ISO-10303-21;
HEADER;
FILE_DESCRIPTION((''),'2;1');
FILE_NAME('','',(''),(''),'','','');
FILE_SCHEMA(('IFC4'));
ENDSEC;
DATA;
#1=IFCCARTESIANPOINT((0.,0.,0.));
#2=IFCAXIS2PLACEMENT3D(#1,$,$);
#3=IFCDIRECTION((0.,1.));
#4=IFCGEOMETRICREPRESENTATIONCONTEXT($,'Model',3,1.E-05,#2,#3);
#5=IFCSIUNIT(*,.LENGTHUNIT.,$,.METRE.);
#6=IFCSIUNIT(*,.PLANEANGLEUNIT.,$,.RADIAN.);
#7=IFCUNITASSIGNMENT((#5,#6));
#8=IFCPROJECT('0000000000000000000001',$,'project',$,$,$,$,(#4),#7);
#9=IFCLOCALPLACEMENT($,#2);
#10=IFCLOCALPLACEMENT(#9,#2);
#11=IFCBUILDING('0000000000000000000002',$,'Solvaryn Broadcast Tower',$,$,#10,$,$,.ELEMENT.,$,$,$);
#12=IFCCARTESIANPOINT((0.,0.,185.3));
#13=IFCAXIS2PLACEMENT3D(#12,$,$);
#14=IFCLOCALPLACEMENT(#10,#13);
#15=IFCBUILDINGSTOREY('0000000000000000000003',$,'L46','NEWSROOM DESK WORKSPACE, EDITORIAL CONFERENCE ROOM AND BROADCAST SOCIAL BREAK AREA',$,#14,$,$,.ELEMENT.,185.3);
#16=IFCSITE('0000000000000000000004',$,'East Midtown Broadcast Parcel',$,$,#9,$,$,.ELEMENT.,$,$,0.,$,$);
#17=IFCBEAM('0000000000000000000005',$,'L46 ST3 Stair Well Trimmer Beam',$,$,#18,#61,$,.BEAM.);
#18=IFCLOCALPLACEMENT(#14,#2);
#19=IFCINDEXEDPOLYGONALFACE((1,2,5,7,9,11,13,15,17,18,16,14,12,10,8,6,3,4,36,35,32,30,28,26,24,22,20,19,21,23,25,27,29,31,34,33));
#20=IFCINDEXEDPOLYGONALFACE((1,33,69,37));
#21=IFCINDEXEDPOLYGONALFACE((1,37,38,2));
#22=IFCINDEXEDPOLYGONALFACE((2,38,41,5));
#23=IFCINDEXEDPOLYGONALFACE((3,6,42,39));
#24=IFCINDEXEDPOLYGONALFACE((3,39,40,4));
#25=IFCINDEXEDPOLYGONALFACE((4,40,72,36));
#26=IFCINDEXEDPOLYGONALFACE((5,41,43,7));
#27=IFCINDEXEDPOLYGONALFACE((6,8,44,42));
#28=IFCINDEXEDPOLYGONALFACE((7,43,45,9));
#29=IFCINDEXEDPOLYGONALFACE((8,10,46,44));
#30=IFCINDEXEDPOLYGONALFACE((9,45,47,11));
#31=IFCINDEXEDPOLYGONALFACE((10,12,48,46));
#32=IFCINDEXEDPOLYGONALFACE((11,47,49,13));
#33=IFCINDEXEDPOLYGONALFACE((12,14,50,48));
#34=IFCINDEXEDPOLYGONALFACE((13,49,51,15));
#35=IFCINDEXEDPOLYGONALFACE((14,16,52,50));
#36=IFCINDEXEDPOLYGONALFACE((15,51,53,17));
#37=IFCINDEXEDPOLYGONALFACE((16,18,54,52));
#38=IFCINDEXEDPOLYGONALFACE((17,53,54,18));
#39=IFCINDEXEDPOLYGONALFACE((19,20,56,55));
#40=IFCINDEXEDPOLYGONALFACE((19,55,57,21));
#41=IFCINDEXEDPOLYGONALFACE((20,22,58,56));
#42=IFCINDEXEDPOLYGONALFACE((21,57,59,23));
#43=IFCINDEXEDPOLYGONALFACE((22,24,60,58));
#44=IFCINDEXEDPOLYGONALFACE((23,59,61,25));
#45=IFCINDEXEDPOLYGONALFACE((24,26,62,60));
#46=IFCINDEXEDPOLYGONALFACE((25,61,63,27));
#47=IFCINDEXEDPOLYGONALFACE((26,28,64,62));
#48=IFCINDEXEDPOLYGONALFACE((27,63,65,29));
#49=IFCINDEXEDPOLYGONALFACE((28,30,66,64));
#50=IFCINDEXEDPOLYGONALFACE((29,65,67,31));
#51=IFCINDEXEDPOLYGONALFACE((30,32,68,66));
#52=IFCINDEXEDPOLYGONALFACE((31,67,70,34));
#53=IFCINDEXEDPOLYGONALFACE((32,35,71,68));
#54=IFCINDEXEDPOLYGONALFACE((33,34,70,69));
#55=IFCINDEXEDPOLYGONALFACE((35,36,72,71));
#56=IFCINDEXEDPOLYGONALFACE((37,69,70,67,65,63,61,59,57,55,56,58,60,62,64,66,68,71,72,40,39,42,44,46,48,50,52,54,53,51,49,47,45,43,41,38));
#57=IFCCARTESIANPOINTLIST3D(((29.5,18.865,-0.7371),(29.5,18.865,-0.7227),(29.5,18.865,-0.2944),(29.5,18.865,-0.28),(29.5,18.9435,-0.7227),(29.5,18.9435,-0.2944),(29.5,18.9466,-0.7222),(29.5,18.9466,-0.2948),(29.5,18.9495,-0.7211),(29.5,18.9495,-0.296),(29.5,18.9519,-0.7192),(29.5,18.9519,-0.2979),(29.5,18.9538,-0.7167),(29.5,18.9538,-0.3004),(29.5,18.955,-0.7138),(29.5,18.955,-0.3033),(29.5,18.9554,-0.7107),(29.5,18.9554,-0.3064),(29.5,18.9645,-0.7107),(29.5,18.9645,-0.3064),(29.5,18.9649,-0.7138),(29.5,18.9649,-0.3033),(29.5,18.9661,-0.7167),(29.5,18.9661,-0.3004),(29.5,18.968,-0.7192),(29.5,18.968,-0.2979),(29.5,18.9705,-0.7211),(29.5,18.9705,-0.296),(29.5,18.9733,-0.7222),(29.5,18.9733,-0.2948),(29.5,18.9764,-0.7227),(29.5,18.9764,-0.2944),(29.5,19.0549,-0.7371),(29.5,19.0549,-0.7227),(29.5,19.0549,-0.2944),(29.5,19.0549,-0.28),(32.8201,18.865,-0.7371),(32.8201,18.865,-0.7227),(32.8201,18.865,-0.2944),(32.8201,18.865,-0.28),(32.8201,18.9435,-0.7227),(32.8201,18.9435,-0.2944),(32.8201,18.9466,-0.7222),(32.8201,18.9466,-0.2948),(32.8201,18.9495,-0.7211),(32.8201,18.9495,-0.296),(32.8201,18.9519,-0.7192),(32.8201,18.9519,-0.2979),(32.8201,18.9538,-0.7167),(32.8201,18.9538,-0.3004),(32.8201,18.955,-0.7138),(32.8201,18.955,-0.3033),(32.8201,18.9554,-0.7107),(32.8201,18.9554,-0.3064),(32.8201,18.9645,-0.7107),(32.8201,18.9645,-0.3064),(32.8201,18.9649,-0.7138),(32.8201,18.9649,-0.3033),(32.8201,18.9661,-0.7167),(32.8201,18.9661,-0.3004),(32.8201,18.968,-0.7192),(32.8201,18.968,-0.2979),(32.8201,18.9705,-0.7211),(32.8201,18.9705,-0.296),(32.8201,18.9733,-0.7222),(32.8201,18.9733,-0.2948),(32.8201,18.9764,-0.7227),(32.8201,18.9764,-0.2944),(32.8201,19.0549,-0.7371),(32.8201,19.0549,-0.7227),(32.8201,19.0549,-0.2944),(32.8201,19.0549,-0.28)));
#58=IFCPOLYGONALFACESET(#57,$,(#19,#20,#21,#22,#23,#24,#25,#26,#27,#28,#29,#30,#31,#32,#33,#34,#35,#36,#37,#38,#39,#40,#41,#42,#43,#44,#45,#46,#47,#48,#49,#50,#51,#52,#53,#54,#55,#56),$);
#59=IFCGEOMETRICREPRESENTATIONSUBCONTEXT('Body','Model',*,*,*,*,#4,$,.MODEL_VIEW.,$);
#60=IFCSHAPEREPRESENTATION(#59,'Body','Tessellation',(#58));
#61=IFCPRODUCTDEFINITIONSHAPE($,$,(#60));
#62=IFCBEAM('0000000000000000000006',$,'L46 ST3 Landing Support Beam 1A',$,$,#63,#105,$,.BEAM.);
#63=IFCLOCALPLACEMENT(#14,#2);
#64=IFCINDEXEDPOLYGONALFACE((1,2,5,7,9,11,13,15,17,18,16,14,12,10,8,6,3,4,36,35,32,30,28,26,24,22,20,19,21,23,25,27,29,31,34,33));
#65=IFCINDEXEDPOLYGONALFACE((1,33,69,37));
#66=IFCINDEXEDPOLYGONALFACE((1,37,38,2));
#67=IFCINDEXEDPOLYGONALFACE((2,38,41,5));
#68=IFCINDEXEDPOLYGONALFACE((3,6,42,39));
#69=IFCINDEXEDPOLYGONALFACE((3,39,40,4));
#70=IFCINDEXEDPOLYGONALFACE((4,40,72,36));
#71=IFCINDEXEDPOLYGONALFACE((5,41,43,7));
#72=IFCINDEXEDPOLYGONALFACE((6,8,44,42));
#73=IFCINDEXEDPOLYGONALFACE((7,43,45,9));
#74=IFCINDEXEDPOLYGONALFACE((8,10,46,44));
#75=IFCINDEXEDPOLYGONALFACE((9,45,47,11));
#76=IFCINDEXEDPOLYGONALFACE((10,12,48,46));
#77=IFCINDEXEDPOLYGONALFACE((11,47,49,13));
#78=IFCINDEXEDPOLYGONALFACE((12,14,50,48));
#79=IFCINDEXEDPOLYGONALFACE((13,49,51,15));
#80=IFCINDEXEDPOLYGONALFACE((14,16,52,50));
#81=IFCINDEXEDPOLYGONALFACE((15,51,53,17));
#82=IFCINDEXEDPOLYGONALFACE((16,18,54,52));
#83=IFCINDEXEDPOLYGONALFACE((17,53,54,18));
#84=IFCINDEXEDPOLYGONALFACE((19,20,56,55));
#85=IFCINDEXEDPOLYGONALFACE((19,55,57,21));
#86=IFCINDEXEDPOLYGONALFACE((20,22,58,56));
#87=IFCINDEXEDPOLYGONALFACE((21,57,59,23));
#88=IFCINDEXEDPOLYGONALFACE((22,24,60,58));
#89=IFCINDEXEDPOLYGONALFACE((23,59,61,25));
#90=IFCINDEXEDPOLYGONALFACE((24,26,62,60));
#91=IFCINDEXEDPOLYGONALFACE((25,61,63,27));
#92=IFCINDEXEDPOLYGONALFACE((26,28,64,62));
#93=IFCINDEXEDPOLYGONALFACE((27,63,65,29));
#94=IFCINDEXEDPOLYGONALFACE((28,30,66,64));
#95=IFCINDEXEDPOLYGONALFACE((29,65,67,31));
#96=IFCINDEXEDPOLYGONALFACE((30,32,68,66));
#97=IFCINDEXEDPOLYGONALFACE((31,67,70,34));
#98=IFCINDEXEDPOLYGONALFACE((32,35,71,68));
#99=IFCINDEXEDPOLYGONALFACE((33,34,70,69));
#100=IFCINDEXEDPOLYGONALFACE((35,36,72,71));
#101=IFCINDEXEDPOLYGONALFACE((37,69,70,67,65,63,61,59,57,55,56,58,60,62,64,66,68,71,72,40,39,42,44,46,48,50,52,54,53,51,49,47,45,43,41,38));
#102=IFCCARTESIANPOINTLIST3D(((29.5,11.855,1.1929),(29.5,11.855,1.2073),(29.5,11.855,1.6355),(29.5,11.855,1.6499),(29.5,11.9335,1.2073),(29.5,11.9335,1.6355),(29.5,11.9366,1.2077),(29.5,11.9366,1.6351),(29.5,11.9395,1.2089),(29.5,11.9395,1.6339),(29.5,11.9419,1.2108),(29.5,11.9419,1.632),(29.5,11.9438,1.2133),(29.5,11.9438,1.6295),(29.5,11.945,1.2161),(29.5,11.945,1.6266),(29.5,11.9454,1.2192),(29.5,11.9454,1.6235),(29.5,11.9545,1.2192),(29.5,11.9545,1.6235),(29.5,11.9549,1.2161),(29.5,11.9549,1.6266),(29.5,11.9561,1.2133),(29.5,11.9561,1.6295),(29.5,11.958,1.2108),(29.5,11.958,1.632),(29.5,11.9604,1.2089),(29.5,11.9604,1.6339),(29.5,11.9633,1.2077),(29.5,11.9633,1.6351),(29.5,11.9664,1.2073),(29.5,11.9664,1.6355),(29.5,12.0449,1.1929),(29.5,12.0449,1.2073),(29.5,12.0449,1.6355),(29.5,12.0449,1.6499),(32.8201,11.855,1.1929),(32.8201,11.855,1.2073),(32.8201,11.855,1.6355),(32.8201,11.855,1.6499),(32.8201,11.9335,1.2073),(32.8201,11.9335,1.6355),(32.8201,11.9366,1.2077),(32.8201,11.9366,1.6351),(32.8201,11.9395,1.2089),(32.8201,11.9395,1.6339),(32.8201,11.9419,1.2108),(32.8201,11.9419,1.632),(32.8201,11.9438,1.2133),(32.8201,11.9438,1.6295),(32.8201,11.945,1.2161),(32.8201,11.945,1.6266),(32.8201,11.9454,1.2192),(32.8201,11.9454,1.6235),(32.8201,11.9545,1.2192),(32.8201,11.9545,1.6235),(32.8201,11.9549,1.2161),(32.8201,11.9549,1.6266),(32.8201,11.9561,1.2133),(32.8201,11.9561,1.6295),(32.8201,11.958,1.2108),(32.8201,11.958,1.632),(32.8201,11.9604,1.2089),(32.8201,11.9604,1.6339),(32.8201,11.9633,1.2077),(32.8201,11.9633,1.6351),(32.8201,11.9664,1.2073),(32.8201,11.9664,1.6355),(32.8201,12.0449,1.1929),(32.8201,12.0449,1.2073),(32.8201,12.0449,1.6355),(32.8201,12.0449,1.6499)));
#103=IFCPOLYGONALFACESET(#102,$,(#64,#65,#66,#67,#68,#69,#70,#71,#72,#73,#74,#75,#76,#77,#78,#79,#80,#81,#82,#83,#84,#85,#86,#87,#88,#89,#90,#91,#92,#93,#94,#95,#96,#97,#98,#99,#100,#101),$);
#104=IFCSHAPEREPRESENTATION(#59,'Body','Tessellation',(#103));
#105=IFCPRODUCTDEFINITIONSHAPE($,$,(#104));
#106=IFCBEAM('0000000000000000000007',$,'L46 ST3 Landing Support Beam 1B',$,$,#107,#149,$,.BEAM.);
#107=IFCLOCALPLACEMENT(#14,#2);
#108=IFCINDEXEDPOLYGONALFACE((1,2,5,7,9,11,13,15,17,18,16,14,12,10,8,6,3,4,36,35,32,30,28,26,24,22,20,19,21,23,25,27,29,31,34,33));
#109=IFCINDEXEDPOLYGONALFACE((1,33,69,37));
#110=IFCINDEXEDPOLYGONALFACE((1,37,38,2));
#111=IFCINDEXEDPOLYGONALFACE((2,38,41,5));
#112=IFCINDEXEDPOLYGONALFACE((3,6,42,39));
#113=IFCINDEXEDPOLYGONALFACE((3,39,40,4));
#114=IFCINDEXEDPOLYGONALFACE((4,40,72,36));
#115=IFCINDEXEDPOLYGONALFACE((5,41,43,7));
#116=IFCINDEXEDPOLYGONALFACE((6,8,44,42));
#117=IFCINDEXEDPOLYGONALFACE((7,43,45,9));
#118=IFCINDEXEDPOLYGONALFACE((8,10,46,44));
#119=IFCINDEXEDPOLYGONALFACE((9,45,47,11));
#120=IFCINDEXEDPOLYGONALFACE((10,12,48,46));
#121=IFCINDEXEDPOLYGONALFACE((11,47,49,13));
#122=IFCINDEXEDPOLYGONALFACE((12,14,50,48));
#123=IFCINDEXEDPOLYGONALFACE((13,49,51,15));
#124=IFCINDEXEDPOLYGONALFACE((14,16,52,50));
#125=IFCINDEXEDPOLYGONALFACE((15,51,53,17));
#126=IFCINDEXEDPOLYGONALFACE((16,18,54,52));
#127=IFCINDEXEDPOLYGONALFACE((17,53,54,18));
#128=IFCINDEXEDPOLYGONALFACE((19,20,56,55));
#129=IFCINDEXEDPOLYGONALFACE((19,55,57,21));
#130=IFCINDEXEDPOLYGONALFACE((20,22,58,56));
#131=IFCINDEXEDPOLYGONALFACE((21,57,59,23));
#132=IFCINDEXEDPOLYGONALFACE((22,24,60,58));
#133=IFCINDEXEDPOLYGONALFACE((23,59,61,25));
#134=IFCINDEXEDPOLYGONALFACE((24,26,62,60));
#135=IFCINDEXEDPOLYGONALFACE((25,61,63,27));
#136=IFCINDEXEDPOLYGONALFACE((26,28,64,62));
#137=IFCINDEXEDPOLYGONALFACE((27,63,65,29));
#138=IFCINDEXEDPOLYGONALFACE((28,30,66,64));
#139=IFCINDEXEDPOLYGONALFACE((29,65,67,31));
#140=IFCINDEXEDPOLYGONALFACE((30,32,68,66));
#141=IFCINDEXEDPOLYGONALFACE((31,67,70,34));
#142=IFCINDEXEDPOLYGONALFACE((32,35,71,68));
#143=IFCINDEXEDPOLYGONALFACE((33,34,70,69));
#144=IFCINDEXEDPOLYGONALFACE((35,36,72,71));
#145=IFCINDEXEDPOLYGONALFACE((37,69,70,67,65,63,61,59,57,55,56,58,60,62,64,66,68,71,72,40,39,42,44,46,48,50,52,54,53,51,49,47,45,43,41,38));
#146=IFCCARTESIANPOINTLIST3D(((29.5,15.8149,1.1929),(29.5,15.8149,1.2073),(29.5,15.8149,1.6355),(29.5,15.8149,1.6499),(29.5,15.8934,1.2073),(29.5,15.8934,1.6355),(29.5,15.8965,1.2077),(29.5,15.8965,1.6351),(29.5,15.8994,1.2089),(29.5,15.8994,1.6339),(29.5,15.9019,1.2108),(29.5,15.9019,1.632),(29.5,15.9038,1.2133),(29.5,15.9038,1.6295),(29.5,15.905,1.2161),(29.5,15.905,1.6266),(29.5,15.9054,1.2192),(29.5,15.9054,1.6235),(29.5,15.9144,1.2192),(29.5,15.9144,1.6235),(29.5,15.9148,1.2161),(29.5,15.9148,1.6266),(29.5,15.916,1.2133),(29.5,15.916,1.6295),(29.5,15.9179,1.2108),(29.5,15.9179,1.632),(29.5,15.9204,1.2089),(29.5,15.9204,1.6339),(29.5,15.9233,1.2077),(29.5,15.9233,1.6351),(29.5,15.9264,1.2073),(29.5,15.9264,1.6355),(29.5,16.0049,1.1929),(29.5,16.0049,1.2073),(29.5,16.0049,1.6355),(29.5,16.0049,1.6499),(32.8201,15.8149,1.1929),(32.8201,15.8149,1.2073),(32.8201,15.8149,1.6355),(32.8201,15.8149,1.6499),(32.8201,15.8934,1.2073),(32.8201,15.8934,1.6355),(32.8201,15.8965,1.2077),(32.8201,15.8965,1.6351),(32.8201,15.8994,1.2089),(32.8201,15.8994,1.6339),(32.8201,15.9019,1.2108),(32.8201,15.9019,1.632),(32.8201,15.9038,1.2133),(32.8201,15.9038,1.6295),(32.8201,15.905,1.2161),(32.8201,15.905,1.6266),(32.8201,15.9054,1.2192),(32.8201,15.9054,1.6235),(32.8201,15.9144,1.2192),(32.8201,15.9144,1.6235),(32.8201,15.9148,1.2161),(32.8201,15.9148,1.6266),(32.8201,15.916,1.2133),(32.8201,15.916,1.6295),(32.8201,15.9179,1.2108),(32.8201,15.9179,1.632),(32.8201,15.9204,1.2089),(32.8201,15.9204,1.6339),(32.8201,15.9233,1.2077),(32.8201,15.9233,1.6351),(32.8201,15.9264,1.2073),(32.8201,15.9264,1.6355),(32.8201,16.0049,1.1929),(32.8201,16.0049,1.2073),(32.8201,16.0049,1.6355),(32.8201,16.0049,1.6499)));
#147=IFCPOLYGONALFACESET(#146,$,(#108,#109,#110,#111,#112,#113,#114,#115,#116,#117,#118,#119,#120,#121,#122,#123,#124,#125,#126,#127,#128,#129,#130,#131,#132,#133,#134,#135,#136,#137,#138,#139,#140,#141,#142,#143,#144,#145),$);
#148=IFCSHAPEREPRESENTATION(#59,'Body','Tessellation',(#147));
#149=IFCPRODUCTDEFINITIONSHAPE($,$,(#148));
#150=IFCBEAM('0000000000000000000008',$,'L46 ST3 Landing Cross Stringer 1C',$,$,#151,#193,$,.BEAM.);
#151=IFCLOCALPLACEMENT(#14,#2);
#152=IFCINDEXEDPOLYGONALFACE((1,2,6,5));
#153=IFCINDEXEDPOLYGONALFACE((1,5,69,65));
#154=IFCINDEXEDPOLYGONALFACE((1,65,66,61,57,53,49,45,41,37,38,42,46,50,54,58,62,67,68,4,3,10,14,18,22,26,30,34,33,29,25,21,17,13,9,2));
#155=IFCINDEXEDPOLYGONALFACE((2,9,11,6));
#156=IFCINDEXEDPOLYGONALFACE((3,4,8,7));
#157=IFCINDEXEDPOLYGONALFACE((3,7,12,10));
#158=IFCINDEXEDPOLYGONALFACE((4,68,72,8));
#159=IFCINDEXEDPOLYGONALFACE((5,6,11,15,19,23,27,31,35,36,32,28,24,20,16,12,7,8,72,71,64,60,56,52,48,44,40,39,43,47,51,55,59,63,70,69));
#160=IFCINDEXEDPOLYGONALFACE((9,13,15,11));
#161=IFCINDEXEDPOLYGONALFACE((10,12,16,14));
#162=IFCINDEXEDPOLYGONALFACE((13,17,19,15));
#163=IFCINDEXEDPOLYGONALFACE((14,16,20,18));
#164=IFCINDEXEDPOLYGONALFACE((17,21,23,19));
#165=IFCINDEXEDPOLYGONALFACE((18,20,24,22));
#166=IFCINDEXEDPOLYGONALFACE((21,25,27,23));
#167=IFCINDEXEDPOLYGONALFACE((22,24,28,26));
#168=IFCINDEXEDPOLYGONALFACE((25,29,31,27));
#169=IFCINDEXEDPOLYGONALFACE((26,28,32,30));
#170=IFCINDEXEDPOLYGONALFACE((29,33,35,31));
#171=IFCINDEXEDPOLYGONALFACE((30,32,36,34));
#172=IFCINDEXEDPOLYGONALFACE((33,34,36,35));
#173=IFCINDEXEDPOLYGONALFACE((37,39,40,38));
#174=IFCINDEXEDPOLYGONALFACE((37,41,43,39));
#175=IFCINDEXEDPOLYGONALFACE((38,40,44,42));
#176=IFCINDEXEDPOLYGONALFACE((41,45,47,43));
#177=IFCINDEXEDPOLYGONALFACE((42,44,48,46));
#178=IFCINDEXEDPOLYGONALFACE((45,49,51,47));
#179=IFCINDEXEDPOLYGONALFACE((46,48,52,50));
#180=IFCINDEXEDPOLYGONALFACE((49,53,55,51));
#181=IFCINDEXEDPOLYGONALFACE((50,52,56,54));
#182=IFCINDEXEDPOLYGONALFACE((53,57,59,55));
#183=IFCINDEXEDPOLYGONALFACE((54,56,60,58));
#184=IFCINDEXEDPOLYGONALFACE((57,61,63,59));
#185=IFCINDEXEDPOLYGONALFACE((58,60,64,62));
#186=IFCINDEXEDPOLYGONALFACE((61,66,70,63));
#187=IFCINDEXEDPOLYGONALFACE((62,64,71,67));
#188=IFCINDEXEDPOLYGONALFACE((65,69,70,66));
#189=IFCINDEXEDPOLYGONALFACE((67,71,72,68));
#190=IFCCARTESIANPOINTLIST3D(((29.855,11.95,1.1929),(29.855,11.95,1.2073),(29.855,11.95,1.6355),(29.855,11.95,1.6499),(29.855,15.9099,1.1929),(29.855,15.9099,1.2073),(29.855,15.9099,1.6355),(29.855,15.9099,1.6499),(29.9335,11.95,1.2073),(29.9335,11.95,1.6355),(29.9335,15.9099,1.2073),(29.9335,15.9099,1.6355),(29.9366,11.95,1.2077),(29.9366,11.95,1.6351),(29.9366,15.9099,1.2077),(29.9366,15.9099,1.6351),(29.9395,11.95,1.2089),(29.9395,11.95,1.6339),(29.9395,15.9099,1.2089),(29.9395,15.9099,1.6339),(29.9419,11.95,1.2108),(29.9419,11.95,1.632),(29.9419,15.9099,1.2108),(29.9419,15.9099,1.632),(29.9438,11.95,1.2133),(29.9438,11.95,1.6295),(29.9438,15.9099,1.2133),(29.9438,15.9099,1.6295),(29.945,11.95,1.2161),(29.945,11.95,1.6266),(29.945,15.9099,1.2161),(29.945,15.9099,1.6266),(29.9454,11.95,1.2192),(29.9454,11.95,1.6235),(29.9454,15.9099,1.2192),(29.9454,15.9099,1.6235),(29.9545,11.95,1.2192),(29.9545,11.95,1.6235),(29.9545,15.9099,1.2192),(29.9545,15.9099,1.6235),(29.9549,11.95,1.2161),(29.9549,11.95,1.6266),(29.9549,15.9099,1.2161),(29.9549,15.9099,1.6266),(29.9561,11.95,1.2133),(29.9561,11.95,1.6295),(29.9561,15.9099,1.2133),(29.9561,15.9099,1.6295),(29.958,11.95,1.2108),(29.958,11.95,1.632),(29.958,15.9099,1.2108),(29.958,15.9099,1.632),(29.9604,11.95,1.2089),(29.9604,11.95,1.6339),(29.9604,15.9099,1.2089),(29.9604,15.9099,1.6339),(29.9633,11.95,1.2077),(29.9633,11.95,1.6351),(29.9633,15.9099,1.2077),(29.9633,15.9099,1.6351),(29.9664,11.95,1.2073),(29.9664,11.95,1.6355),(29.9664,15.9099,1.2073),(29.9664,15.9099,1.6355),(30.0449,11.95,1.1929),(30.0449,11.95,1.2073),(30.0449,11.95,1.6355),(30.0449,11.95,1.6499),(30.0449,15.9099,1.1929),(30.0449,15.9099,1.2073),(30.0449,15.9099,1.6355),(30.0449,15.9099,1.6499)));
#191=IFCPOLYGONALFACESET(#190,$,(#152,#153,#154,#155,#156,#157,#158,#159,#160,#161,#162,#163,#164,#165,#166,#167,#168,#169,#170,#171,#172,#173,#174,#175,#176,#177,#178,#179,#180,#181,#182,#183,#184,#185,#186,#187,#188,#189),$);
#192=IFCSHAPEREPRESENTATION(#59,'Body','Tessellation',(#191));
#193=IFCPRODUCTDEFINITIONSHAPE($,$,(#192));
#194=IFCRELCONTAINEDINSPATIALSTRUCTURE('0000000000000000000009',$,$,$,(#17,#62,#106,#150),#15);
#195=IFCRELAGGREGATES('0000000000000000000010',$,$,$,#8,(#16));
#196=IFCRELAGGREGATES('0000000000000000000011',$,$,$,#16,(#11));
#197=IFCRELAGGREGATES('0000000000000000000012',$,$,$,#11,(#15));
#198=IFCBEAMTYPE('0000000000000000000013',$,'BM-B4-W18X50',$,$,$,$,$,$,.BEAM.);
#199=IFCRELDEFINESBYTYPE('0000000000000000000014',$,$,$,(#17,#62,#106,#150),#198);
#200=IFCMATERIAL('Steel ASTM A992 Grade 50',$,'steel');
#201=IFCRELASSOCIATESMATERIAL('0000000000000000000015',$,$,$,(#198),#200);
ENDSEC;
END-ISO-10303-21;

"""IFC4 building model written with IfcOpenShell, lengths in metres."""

from ifc_helpers import new_model, si_unit, direction, frame, origin, origin_2d, place, context, subcontext, project, spatial, i_section, extrude, material, material_profile, profile_set, type_object, element, save


model = new_model("IFC4")

# Units and contexts
model_context = context("Model", 3, precision=1e-05, world=origin(), true_north=direction((0.0, 1.0)))
body_context = subcontext(model_context, "Body", "Model", "MODEL_VIEW")
ifc_project = project(units=[si_unit("LENGTHUNIT", "METRE"), si_unit("PLANEANGLEUNIT", "RADIAN")], contexts=[model_context])

# Site, building, storey
site_placement = place(None, origin())
site = spatial("IfcSite", under=ifc_project, at=site_placement, Name="East Midtown Broadcast Parcel", CompositionType="ELEMENT", RefElevation=0.0)
building_placement = place(site_placement, origin())
building = spatial("IfcBuilding", under=site, at=building_placement, Name="Solvaryn Broadcast Tower", CompositionType="ELEMENT")
storey_placement = place(building_placement, frame((0.0, 0.0, 185.3)))
storey = spatial("IfcBuildingStorey", under=building, at=storey_placement, Name="L46", Description="NEWSROOM DESK WORKSPACE, EDITORIAL CONFERENCE ROOM AND BROADCAST SOCIAL BREAK AREA", CompositionType="ELEMENT", Elevation=185.3)

# Beams
ifc_material_1 = material(Name="Steel ASTM A992 Grade 50", Category="steel")
ifc_material_profile_1 = material_profile(ifc_material_1, i_section(OverallWidth=0.1899, OverallDepth=0.457, WebThickness=0.009, FlangeThickness=0.0144, FilletRadius=0.012, at=origin_2d()))
ifc_profile_set_1 = profile_set([ifc_material_profile_1], Name="Steel ASTM A992 Grade 50")
beam_type_1 = type_object("IfcBeamType", Name="BM-B4-W18X50", PredefinedType="BEAM", material=ifc_profile_set_1)
for number, where, z_axis, x_axis, name in (
    (1, (29.5, 18.96, -0.5085), (1.0, 0.0, 0.0), (0.0, 1.0, 0.0), "L46 ST3 Stair Well Trimmer Beam"),
    (2, (29.5, 11.95, 1.4214), (1.0, 0.0, 0.0), (0.0, 1.0, 0.0), "L46 ST3 Landing Support Beam 1A"),
    (3, (29.5, 15.9099, 1.4214), (1.0, 0.0, 0.0), (0.0, 1.0, 0.0), "L46 ST3 Landing Support Beam 1B"),
):
    element("IfcBeam", number, at=place(storey_placement, frame(where, z_axis=z_axis, x_axis=x_axis)), inside=storey, type_object=beam_type_1, Name=name, PredefinedType="BEAM", context=body_context, shape_type="SweptSolid", body=[
        extrude(i_section(OverallWidth=0.1899, OverallDepth=0.457, WebThickness=0.009, FlangeThickness=0.0144, FilletRadius=0.012, at=origin_2d()), origin(), (0.0, 0.0, 1.0), 3.3201),
    ])
beam_1_placement = place(storey_placement, frame((29.95, 11.95, 1.4214), z_axis=(0.0, 1.0, 0.0), x_axis=(-1.0, 0.0, 0.0)))
element("IfcBeam", 4, at=beam_1_placement, inside=storey, type_object=beam_type_1, Name="L46 ST3 Landing Cross Stringer 1C", PredefinedType="BEAM", context=body_context, shape_type="SweptSolid", body=[
    extrude(i_section(OverallWidth=0.1899, OverallDepth=0.457, WebThickness=0.009, FlangeThickness=0.0144, FilletRadius=0.012, at=origin_2d()), origin(), (0.0, 0.0, 1.0), 3.96),
])

save(model, "model.ifc")
